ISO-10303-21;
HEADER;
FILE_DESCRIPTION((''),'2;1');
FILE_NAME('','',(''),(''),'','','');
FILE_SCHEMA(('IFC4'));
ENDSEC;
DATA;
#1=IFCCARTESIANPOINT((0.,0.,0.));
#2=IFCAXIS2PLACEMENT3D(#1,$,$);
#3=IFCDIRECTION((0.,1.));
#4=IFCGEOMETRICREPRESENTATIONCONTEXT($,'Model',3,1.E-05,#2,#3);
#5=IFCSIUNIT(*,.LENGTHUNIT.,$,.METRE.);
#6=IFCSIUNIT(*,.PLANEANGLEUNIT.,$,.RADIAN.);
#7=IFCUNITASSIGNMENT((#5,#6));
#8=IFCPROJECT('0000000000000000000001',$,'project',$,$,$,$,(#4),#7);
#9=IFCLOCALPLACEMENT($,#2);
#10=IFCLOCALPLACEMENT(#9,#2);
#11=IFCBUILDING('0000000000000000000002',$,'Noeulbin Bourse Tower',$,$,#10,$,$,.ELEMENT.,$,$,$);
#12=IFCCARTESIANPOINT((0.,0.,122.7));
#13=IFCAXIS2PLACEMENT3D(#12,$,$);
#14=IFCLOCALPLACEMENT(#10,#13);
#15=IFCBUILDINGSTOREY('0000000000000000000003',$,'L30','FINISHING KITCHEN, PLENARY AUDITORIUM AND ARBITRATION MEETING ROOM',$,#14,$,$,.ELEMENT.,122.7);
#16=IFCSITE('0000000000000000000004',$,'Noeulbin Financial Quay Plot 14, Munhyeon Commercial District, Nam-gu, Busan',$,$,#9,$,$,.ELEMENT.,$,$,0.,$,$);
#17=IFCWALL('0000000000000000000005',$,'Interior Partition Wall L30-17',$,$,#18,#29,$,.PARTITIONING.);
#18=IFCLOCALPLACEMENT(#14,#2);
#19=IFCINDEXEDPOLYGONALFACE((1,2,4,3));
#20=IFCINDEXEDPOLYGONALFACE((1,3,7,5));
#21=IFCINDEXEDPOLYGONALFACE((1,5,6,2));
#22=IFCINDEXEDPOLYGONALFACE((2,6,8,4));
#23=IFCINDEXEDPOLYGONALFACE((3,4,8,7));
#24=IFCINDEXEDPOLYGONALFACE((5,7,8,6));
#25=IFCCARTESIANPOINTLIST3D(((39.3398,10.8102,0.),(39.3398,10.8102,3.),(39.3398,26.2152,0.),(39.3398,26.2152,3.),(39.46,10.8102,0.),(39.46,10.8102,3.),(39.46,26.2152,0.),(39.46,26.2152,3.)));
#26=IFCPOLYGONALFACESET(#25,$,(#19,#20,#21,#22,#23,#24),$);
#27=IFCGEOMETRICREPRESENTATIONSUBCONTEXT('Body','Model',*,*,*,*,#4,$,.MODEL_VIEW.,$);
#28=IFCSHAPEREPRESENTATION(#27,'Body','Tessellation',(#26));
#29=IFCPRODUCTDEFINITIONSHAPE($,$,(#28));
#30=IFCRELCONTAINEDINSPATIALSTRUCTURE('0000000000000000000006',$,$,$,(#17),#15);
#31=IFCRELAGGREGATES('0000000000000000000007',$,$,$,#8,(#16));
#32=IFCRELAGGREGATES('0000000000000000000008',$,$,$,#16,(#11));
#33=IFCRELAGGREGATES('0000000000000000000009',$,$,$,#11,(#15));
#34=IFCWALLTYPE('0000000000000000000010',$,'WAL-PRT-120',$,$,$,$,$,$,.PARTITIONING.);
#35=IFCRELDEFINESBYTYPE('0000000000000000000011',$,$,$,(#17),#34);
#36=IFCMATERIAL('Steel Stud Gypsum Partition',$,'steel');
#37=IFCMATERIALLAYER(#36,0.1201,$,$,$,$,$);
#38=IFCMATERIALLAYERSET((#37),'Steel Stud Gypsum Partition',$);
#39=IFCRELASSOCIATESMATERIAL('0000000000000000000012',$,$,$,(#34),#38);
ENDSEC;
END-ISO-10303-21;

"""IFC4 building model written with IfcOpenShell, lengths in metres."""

from ifc_helpers import new_model, si_unit, direction, frame, frame_2d, origin, place, context, subcontext, project, spatial, rectangle, extrude, material, layer, layer_set, type_object, element, save


model = new_model("IFC4")

# Units and contexts
model_context = context("Model", 3, precision=1e-05, world=origin(), true_north=direction((0.0, 1.0)))
body_context = subcontext(model_context, "Body", "Model", "MODEL_VIEW")
ifc_project = project(units=[si_unit("LENGTHUNIT", "METRE"), si_unit("PLANEANGLEUNIT", "RADIAN")], contexts=[model_context])

# Site, building, storey
site_placement = place(None, origin())
site = spatial("IfcSite", under=ifc_project, at=site_placement, Name="Noeulbin Financial Quay Plot 14, Munhyeon Commercial District, Nam-gu, Busan", CompositionType="ELEMENT", RefElevation=0.0)
building_placement = place(site_placement, origin())
building = spatial("IfcBuilding", under=site, at=building_placement, Name="Noeulbin Bourse Tower", CompositionType="ELEMENT")
storey_placement = place(building_placement, frame((0.0, 0.0, 122.7)))
storey = spatial("IfcBuildingStorey", under=building, at=storey_placement, Name="L30", Description="FINISHING KITCHEN, PLENARY AUDITORIUM AND ARBITRATION MEETING ROOM", CompositionType="ELEMENT", Elevation=122.7)

# Wall
ifc_material_1 = material(Name="Steel Stud Gypsum Partition", Category="steel")
ifc_layer_1 = layer(ifc_material_1, 0.1201)
ifc_layer_set_1 = layer_set([ifc_layer_1], Name="Steel Stud Gypsum Partition")
wall_type_1 = type_object("IfcWallType", Name="WAL-PRT-120", PredefinedType="PARTITIONING", material=ifc_layer_set_1)
wall_placement = place(storey_placement, frame((39.3999, 10.8101, 0.0), z_axis=(0.0, 0.0, 1.0), x_axis=(0.0, 1.0, 0.0)))
element("IfcWall", 1, at=wall_placement, inside=storey, type_object=wall_type_1, Name="Interior Partition Wall L30-17", PredefinedType="PARTITIONING", context=body_context, shape_type="SweptSolid", body=[
    extrude(rectangle(XDim=15.405, YDim=0.1201, at=frame_2d((7.7026, 0.0))), origin(), (0.0, 0.0, 1.0), 3.0),
])

save(model, "model.ifc")
